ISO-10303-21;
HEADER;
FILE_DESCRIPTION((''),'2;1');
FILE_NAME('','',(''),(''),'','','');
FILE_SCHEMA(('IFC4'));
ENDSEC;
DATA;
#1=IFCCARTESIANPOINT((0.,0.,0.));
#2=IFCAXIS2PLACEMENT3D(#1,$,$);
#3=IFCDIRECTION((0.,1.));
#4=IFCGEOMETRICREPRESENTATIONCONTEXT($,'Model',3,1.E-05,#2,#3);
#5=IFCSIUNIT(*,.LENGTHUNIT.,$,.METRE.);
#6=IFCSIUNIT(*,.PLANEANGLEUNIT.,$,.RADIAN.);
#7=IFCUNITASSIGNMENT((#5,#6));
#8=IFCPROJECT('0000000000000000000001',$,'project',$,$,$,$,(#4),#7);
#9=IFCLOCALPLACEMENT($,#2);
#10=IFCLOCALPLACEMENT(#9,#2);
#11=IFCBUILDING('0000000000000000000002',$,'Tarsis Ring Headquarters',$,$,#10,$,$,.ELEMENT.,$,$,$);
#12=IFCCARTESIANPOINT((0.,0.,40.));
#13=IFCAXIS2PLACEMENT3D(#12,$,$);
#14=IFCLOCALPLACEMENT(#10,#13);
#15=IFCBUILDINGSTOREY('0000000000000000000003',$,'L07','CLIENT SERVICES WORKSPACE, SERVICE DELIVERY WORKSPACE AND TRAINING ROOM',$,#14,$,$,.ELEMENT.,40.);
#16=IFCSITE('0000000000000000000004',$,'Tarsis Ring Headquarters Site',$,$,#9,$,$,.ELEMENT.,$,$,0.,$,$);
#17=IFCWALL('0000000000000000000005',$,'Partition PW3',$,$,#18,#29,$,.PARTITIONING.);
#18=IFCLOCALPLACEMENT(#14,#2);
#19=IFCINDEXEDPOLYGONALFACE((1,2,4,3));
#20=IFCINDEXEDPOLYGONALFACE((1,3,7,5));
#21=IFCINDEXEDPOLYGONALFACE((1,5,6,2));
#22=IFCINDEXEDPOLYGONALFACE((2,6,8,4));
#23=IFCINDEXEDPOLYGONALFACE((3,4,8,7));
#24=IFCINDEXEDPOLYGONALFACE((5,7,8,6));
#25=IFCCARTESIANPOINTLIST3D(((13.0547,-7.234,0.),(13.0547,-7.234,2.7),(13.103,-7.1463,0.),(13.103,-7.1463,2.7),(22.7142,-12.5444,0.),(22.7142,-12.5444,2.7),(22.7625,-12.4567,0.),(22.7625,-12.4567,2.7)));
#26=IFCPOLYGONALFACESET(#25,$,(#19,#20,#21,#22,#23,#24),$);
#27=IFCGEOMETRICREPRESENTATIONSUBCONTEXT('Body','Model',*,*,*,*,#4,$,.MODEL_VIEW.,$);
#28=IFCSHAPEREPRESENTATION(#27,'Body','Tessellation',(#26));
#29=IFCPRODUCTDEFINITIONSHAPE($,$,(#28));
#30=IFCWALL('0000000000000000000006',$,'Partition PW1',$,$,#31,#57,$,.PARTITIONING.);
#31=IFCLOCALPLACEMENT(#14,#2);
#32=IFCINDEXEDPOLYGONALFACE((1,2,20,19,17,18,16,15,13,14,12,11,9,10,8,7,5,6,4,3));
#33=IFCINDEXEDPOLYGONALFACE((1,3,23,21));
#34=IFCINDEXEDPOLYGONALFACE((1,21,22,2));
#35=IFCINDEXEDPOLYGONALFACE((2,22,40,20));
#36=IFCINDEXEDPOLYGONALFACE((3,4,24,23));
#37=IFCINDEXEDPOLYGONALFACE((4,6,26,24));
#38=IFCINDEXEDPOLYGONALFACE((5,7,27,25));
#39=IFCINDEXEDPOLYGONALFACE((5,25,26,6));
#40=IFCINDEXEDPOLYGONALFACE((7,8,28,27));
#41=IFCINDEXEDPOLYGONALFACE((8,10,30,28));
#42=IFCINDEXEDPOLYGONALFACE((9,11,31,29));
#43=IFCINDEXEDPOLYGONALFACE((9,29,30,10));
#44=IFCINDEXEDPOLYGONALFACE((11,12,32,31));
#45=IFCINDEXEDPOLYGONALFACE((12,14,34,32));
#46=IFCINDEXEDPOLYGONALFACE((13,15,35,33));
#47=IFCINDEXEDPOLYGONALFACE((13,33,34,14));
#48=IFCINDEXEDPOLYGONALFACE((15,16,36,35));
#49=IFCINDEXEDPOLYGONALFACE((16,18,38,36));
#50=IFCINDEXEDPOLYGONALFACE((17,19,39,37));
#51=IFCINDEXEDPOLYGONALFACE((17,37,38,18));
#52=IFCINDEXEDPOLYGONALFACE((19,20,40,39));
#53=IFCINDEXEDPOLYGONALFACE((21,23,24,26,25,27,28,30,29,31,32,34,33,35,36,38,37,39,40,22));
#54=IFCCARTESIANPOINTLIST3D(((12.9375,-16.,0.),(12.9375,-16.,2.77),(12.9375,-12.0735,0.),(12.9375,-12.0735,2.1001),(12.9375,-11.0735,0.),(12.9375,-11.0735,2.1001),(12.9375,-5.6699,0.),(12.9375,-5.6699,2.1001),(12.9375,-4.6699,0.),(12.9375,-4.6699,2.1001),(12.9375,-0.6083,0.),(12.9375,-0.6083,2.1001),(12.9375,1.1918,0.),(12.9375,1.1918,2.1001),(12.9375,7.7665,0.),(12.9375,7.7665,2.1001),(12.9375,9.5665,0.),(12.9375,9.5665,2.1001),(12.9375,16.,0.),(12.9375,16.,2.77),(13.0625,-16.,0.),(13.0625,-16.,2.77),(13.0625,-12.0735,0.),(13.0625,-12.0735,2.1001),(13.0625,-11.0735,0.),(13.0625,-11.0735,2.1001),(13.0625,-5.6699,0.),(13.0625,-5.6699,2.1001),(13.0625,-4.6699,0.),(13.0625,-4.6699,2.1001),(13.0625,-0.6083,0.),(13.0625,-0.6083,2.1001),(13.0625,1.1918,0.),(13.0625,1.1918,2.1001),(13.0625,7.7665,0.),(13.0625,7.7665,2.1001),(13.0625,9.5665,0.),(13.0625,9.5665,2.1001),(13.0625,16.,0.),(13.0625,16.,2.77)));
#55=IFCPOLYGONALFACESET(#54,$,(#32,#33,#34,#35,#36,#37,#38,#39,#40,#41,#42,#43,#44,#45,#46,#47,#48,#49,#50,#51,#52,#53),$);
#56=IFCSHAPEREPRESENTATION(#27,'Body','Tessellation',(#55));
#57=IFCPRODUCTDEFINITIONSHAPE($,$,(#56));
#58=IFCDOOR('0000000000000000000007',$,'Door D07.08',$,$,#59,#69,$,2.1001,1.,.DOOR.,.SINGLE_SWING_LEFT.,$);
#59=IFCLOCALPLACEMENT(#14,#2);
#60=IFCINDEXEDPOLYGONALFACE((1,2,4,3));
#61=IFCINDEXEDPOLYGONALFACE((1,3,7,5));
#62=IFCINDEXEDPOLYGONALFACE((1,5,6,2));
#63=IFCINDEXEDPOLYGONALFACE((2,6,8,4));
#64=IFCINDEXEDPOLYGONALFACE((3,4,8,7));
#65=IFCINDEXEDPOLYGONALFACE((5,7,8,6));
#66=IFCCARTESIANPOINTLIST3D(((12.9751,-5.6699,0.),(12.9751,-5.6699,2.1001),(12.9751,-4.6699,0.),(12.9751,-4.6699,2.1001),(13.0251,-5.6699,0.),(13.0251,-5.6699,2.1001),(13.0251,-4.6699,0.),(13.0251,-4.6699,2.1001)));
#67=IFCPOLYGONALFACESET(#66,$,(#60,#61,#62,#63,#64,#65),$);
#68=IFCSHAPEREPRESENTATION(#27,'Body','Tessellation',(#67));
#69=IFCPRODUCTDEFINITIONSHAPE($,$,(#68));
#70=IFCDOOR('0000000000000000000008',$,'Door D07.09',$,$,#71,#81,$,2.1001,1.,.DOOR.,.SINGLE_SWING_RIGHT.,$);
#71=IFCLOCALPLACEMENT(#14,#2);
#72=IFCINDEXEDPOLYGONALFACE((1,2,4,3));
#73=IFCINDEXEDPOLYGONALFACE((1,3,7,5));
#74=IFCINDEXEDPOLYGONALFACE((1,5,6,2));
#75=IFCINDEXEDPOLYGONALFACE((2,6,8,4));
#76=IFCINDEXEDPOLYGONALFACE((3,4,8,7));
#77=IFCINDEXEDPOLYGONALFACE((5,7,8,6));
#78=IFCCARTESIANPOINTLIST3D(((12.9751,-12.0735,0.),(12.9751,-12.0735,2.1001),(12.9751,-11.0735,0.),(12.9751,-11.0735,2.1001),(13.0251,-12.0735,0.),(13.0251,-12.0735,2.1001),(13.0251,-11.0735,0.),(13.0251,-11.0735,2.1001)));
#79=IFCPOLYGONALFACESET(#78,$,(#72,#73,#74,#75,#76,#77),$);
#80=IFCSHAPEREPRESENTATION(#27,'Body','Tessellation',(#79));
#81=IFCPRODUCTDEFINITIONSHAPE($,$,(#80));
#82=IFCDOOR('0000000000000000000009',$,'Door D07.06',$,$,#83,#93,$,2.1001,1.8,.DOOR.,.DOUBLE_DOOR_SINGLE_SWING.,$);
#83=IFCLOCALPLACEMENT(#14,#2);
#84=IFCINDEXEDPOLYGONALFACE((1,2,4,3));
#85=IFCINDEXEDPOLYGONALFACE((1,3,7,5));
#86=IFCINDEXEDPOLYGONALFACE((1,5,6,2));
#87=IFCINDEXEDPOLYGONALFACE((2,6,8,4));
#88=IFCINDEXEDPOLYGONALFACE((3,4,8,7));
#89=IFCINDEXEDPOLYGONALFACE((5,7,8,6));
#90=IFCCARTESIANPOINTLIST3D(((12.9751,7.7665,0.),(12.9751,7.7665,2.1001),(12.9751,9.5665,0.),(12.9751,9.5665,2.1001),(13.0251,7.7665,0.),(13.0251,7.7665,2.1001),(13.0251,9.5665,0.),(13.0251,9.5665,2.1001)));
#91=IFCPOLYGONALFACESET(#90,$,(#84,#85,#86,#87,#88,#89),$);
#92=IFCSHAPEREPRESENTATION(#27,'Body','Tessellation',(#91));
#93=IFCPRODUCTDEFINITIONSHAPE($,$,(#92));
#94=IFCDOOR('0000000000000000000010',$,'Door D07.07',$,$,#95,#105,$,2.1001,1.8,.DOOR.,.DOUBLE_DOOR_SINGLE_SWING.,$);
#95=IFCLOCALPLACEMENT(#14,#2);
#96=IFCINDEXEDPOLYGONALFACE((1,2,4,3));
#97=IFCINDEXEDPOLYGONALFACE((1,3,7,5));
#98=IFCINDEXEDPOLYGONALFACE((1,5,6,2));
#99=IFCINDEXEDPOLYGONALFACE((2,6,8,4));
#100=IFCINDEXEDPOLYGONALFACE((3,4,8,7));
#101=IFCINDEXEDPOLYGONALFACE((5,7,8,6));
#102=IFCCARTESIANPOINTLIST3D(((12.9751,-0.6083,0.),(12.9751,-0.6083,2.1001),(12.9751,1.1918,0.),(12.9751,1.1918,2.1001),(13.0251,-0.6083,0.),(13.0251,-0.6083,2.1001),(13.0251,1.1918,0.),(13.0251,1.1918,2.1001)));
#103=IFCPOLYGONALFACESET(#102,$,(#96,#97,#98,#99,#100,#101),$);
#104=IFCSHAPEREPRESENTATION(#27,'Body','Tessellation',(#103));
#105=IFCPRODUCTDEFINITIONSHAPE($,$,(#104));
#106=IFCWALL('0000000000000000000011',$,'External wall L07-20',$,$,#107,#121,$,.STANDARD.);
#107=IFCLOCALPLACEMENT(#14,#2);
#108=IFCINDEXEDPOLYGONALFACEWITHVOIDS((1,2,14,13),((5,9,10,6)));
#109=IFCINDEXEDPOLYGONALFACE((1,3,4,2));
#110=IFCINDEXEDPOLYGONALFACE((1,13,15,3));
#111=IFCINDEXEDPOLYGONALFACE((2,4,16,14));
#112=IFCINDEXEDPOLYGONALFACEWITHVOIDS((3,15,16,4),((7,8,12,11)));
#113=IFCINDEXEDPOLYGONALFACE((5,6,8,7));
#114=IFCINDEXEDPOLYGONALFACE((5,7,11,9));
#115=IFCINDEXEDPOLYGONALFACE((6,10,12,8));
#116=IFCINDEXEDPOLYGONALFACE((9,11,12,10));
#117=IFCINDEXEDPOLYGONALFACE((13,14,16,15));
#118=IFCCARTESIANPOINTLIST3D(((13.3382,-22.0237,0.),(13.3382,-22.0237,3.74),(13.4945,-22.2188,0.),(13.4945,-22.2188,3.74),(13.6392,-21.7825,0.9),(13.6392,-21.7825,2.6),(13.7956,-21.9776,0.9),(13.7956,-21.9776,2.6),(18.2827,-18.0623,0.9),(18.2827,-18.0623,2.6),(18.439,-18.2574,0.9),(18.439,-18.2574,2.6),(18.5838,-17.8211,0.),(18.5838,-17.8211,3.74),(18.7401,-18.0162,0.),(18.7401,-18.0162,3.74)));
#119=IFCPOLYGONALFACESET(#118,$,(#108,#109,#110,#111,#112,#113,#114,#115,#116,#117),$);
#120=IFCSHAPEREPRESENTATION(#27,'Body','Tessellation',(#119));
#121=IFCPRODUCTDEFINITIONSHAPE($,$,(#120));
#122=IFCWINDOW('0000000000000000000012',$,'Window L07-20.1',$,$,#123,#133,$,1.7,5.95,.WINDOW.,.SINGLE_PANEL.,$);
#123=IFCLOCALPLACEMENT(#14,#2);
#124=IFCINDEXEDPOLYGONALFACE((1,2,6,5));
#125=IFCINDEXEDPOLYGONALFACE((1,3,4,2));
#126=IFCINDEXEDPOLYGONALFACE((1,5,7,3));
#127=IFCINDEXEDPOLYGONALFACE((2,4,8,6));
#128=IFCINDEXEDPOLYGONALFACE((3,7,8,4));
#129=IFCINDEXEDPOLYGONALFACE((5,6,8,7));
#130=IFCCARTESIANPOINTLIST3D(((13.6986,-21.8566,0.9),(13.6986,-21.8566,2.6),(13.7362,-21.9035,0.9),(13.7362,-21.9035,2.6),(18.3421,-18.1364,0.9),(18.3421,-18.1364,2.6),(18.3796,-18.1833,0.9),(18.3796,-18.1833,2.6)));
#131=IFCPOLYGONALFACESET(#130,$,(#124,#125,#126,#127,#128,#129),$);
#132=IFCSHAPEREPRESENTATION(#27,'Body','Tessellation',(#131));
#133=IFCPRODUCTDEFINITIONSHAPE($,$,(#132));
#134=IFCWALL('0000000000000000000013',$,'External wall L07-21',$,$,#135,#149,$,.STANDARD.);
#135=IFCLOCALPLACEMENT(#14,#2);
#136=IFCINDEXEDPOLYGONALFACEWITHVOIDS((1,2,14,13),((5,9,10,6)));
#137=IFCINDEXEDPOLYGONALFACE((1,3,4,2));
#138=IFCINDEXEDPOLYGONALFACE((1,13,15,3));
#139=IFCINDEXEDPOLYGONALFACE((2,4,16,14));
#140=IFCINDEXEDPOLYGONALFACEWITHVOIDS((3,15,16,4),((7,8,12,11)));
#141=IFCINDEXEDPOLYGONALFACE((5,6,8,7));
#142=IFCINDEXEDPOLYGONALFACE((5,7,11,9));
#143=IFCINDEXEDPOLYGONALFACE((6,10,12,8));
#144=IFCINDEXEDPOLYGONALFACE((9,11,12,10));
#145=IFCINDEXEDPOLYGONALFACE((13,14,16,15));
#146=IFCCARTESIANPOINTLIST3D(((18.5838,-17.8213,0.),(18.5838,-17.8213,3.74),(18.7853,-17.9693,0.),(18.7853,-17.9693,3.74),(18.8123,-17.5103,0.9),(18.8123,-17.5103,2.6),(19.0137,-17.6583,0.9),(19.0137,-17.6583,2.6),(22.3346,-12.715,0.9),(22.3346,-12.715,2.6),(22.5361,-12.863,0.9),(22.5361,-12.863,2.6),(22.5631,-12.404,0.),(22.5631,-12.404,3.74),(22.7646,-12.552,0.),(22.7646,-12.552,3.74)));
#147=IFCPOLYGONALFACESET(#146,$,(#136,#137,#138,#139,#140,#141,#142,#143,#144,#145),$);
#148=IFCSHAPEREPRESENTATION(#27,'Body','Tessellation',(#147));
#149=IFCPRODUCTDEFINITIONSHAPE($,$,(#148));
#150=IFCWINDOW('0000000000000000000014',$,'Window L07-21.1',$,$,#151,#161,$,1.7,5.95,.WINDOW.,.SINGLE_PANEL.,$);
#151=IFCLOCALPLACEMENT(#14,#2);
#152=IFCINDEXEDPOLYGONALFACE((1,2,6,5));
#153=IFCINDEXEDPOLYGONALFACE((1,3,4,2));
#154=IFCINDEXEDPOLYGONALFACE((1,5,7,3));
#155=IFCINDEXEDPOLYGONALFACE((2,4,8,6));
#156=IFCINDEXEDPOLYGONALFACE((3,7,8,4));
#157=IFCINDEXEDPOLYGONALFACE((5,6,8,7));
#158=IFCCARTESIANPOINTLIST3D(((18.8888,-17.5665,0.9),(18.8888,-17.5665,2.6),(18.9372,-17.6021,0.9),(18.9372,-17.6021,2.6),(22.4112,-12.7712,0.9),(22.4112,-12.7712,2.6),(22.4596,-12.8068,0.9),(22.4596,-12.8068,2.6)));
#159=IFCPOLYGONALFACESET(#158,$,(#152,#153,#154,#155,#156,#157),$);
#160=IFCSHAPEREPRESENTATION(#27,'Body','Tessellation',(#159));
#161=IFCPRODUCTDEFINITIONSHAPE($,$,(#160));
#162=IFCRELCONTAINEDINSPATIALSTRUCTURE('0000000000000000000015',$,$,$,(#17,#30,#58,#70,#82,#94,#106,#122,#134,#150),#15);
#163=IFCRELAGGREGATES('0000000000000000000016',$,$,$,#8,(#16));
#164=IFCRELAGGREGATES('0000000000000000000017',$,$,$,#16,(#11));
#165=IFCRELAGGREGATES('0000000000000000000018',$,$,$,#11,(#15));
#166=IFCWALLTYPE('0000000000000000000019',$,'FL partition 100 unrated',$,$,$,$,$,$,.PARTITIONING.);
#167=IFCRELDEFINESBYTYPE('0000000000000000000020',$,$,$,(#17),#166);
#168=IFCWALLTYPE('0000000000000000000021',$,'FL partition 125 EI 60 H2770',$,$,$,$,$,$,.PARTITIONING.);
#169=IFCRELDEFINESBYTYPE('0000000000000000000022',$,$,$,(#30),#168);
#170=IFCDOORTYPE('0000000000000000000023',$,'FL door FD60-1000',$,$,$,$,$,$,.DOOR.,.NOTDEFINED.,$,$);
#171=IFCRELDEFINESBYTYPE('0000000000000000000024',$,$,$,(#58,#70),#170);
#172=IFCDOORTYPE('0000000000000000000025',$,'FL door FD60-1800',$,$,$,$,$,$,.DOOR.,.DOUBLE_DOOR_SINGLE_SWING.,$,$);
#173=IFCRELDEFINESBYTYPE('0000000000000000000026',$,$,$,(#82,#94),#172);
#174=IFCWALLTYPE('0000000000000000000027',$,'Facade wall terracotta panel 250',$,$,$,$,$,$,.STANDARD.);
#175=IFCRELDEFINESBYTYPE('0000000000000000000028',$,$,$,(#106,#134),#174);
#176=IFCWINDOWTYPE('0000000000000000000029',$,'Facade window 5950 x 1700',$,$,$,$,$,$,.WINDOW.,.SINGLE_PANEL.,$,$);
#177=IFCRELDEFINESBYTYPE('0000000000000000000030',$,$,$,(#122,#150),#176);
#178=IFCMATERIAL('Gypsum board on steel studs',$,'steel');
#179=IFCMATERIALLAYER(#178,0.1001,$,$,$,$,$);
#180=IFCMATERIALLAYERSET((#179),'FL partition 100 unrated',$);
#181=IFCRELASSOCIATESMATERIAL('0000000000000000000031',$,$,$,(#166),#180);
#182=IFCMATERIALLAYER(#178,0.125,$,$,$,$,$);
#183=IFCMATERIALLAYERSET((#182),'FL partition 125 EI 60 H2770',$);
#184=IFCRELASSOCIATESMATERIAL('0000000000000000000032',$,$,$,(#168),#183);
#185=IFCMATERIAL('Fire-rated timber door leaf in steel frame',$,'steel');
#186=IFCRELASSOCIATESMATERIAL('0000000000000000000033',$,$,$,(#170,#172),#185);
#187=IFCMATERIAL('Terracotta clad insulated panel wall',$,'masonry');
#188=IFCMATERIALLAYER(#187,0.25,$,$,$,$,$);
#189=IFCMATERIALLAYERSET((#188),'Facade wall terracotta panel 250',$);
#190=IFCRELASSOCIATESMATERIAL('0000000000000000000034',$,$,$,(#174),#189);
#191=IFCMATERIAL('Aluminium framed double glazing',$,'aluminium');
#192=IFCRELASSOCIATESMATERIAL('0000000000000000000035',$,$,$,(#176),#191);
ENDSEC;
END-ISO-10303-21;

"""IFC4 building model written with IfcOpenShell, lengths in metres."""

from ifc_helpers import new_model, si_unit, direction, frame, frame_2d, origin, place, context, subcontext, project, spatial, rectangle, extrude, material, layer, layer_set, type_object, element, fill, save


model = new_model("IFC4")

# Units and contexts
model_context = context("Model", 3, precision=1e-05, world=origin(), true_north=direction((0.0, 1.0)))
body_context = subcontext(model_context, "Body", "Model", "MODEL_VIEW")
ifc_project = project(units=[si_unit("LENGTHUNIT", "METRE"), si_unit("PLANEANGLEUNIT", "RADIAN")], contexts=[model_context])

# Site, building, storey
site_placement = place(None, origin())
site = spatial("IfcSite", under=ifc_project, at=site_placement, Name="Tarsis Ring Headquarters Site", CompositionType="ELEMENT", RefElevation=0.0)
building_placement = place(site_placement, origin())
building = spatial("IfcBuilding", under=site, at=building_placement, Name="Tarsis Ring Headquarters", CompositionType="ELEMENT")
storey_placement = place(building_placement, frame((0.0, 0.0, 40.0)))
storey = spatial("IfcBuildingStorey", under=building, at=storey_placement, Name="L07", Description="CLIENT SERVICES WORKSPACE, SERVICE DELIVERY WORKSPACE AND TRAINING ROOM", CompositionType="ELEMENT", Elevation=40.0)

# Wall
ifc_material_1 = material(Name="Gypsum board on steel studs", Category="steel")
ifc_layer_1 = layer(ifc_material_1, 0.1001)
ifc_layer_set_1 = layer_set([ifc_layer_1], Name="FL partition 100 unrated")
wall_type_1 = type_object("IfcWallType", Name="FL partition 100 unrated", PredefinedType="PARTITIONING", material=ifc_layer_set_1)
wall_1_placement = place(storey_placement, frame((13.0789, -7.1902, 0.0), z_axis=(0.0, 0.0, 1.0), x_axis=(0.876307, -0.481753, 0.0)))
element("IfcWall", 1, at=wall_1_placement, inside=storey, type_object=wall_type_1, Name="Partition PW3", PredefinedType="PARTITIONING", context=body_context, shape_type="SweptSolid", body=[
    extrude(rectangle(XDim=11.0229, YDim=0.1001, at=frame_2d((5.5115, 0.0))), origin(), (0.0, 0.0, 1.0), 2.7),
])

# Wall, openings, doors
ifc_layer_2 = layer(ifc_material_1, 0.125)
ifc_layer_set_2 = layer_set([ifc_layer_2], Name="FL partition 125 EI 60 H2770")
wall_type_2 = type_object("IfcWallType", Name="FL partition 125 EI 60 H2770", PredefinedType="PARTITIONING", material=ifc_layer_set_2)
wall_2_placement = place(storey_placement, frame((13.0, -16.0, 0.0), z_axis=(0.0, 0.0, 1.0), x_axis=(0.0, 1.0, 0.0)))
wall_2 = element("IfcWall", 2, at=wall_2_placement, inside=storey, type_object=wall_type_2, Name="Partition PW1", PredefinedType="PARTITIONING", context=body_context, shape_type="SweptSolid", body=[
    extrude(rectangle(XDim=32.0, YDim=0.125, at=frame_2d((16.0, 0.0))), origin(), (0.0, 0.0, 1.0), 2.77),
])
opening_1_placement = place(wall_2_placement, frame((23.7666, 0.0, 0.0)))
opening_1 = element("IfcOpeningElement", 3, at=opening_1_placement, cuts=wall_2, PredefinedType="OPENING", context=body_context, shape_type="SweptSolid", body=[
    extrude(rectangle(XDim=1.8, YDim=2.1001, at=frame_2d((0.8999, 1.05))), frame((0.0, 0.0725, 0.0), z_axis=(0.0, -1.0, 0.0), x_axis=(1.0, 0.0, 0.0)), (0.0, 0.0, 1.0), 0.145),
])
opening_2_placement = place(wall_2_placement, frame((15.3918, 0.0, 0.0)))
opening_2 = element("IfcOpeningElement", 4, at=opening_2_placement, cuts=wall_2, PredefinedType="OPENING", context=body_context, shape_type="SweptSolid", body=[
    extrude(rectangle(XDim=1.8, YDim=2.1001, at=frame_2d((0.8999, 1.05))), frame((0.0, 0.0725, 0.0), z_axis=(0.0, -1.0, 0.0), x_axis=(1.0, 0.0, 0.0)), (0.0, 0.0, 1.0), 0.145),
])
opening_3_placement = place(wall_2_placement, frame((10.3301, 0.0, 0.0)))
opening_3 = element("IfcOpeningElement", 5, at=opening_3_placement, cuts=wall_2, PredefinedType="OPENING", context=body_context, shape_type="SweptSolid", body=[
    extrude(rectangle(XDim=1.0, YDim=2.1001, at=frame_2d((0.5, 1.05))), frame((0.0, 0.0725, 0.0), z_axis=(0.0, -1.0, 0.0), x_axis=(1.0, 0.0, 0.0)), (0.0, 0.0, 1.0), 0.145),
])
opening_4_placement = place(wall_2_placement, frame((3.9265, 0.0, 0.0)))
opening_4 = element("IfcOpeningElement", 6, at=opening_4_placement, cuts=wall_2, PredefinedType="OPENING", context=body_context, shape_type="SweptSolid", body=[
    extrude(rectangle(XDim=1.0, YDim=2.1001, at=frame_2d((0.5, 1.05))), frame((0.0, 0.0725, 0.0), z_axis=(0.0, -1.0, 0.0), x_axis=(1.0, 0.0, 0.0)), (0.0, 0.0, 1.0), 0.145),
])
ifc_material_2 = material(Name="Fire-rated timber door leaf in steel frame", Category="steel")
door_type_1 = type_object("IfcDoorType", Name="FL door FD60-1000", OperationType="NOTDEFINED", PredefinedType="DOOR", material=ifc_material_2)
door_1_placement = place(opening_3_placement, origin())
door_1 = element("IfcDoor", 7, at=door_1_placement, inside=storey, type_object=door_type_1, Name="Door D07.08", OperationType="SINGLE_SWING_LEFT", OverallHeight=2.1001, OverallWidth=1.0, PredefinedType="DOOR", context=body_context, shape_type="SweptSolid", body=[
    extrude(rectangle(XDim=1.0, YDim=2.1001, at=frame_2d((0.5, 1.05))), frame((0.0, 0.0249, 0.0), z_axis=(0.0, -1.0, 0.0), x_axis=(1.0, 0.0, 0.0)), (0.0, 0.0, 1.0), 0.05),
])
fill(opening_3, door_1)
door_2_placement = place(opening_4_placement, origin())
door_2 = element("IfcDoor", 8, at=door_2_placement, inside=storey, type_object=door_type_1, Name="Door D07.09", OperationType="SINGLE_SWING_RIGHT", OverallHeight=2.1001, OverallWidth=1.0, PredefinedType="DOOR", context=body_context, shape_type="SweptSolid", body=[
    extrude(rectangle(XDim=1.0, YDim=2.1001, at=frame_2d((0.5, 1.05))), frame((0.0, 0.0249, 0.0), z_axis=(0.0, -1.0, 0.0), x_axis=(1.0, 0.0, 0.0)), (0.0, 0.0, 1.0), 0.05),
])
fill(opening_4, door_2)
door_type_2 = type_object("IfcDoorType", Name="FL door FD60-1800", OperationType="DOUBLE_DOOR_SINGLE_SWING", PredefinedType="DOOR", material=ifc_material_2)
door_3_placement = place(opening_1_placement, origin())
door_3 = element("IfcDoor", 9, at=door_3_placement, inside=storey, type_object=door_type_2, Name="Door D07.06", OperationType="DOUBLE_DOOR_SINGLE_SWING", OverallHeight=2.1001, OverallWidth=1.8, PredefinedType="DOOR", context=body_context, shape_type="SweptSolid", body=[
    extrude(rectangle(XDim=1.8, YDim=2.1001, at=frame_2d((0.8999, 1.05))), frame((0.0, 0.0249, 0.0), z_axis=(0.0, -1.0, 0.0), x_axis=(1.0, 0.0, 0.0)), (0.0, 0.0, 1.0), 0.05),
])
fill(opening_1, door_3)
door_4_placement = place(opening_2_placement, origin())
door_4 = element("IfcDoor", 10, at=door_4_placement, inside=storey, type_object=door_type_2, Name="Door D07.07", OperationType="DOUBLE_DOOR_SINGLE_SWING", OverallHeight=2.1001, OverallWidth=1.8, PredefinedType="DOOR", context=body_context, shape_type="SweptSolid", body=[
    extrude(rectangle(XDim=1.8, YDim=2.1001, at=frame_2d((0.8999, 1.05))), frame((0.0, 0.0249, 0.0), z_axis=(0.0, -1.0, 0.0), x_axis=(1.0, 0.0, 0.0)), (0.0, 0.0, 1.0), 0.05),
])
fill(opening_2, door_4)

# Walls, openings, windows
ifc_material_3 = material(Name="Terracotta clad insulated panel wall", Category="masonry")
ifc_layer_3 = layer(ifc_material_3, 0.25)
ifc_layer_set_3 = layer_set([ifc_layer_3], Name="Facade wall terracotta panel 250")
wall_type_3 = type_object("IfcWallType", Name="Facade wall terracotta panel 250", PredefinedType="STANDARD", material=ifc_layer_set_3)
wall_3_placement = place(storey_placement, frame((13.4163, -22.1213, 0.0), z_axis=(0.0, 0.0, 1.0), x_axis=(0.780422, 0.625253, 0.0)))
wall_3 = element("IfcWall", 11, at=wall_3_placement, inside=storey, type_object=wall_type_3, Name="External wall L07-20", PredefinedType="STANDARD", context=body_context, shape_type="SweptSolid", body=[
    extrude(rectangle(XDim=6.7214, YDim=0.25, at=frame_2d((3.3608, 0.0))), origin(), (0.0, 0.0, 1.0), 3.74),
])
opening_5_placement = place(wall_3_placement, frame((0.3857, 0.0, 0.8999)))
opening_5 = element("IfcOpeningElement", 12, at=opening_5_placement, cuts=wall_3, PredefinedType="OPENING", context=body_context, shape_type="SweptSolid", body=[
    extrude(rectangle(XDim=5.95, YDim=1.7, at=frame_2d((2.9751, 0.8501))), frame((0.0, 0.135, 0.0), z_axis=(0.0, -1.0, 0.0), x_axis=(1.0, 0.0, 0.0)), (0.0, 0.0, 1.0), 0.27),
])
ifc_material_4 = material(Name="Aluminium framed double glazing", Category="aluminium")
window_type = type_object("IfcWindowType", Name="Facade window 5950 x 1700", PartitioningType="SINGLE_PANEL", PredefinedType="WINDOW", material=ifc_material_4)
window_1_placement = place(opening_5_placement, origin())
window_1 = element("IfcWindow", 13, at=window_1_placement, inside=storey, type_object=window_type, Name="Window L07-20.1", OverallHeight=1.7, OverallWidth=5.95, PartitioningType="SINGLE_PANEL", PredefinedType="WINDOW", context=body_context, shape_type="SweptSolid", body=[
    extrude(rectangle(XDim=5.95, YDim=1.7, at=frame_2d((2.9751, 0.8501))), frame((0.0, 0.03, 0.0), z_axis=(0.0, -1.0, 0.0), x_axis=(1.0, 0.0, 0.0)), (0.0, 0.0, 1.0), 0.0601),
])
fill(opening_5, window_1)
wall_4_placement = place(storey_placement, frame((18.6846, -17.8953, 0.0), z_axis=(0.0, 0.0, 1.0), x_axis=(0.592003, 0.805936, 0.0)))
wall_4 = element("IfcWall", 14, at=wall_4_placement, inside=storey, type_object=wall_type_3, Name="External wall L07-21", PredefinedType="STANDARD", context=body_context, shape_type="SweptSolid", body=[
    extrude(rectangle(XDim=6.7217, YDim=0.25, at=frame_2d((3.3608, 0.0))), origin(), (0.0, 0.0, 1.0), 3.74),
])
opening_6_placement = place(wall_4_placement, frame((0.3857, 0.0, 0.8999)))
opening_6 = element("IfcOpeningElement", 15, at=opening_6_placement, cuts=wall_4, PredefinedType="OPENING", context=body_context, shape_type="SweptSolid", body=[
    extrude(rectangle(XDim=5.95, YDim=1.7, at=frame_2d((2.9751, 0.8501))), frame((0.0, 0.135, 0.0), z_axis=(0.0, -1.0, 0.0), x_axis=(1.0, 0.0, 0.0)), (0.0, 0.0, 1.0), 0.27),
])
window_2_placement = place(opening_6_placement, origin())
window_2 = element("IfcWindow", 16, at=window_2_placement, inside=storey, type_object=window_type, Name="Window L07-21.1", OverallHeight=1.7, OverallWidth=5.95, PartitioningType="SINGLE_PANEL", PredefinedType="WINDOW", context=body_context, shape_type="SweptSolid", body=[
    extrude(rectangle(XDim=5.95, YDim=1.7, at=frame_2d((2.9751, 0.8501))), frame((0.0, 0.03, 0.0), z_axis=(0.0, -1.0, 0.0), x_axis=(1.0, 0.0, 0.0)), (0.0, 0.0, 1.0), 0.0601),
])
fill(opening_6, window_2)

save(model, "model.ifc")
